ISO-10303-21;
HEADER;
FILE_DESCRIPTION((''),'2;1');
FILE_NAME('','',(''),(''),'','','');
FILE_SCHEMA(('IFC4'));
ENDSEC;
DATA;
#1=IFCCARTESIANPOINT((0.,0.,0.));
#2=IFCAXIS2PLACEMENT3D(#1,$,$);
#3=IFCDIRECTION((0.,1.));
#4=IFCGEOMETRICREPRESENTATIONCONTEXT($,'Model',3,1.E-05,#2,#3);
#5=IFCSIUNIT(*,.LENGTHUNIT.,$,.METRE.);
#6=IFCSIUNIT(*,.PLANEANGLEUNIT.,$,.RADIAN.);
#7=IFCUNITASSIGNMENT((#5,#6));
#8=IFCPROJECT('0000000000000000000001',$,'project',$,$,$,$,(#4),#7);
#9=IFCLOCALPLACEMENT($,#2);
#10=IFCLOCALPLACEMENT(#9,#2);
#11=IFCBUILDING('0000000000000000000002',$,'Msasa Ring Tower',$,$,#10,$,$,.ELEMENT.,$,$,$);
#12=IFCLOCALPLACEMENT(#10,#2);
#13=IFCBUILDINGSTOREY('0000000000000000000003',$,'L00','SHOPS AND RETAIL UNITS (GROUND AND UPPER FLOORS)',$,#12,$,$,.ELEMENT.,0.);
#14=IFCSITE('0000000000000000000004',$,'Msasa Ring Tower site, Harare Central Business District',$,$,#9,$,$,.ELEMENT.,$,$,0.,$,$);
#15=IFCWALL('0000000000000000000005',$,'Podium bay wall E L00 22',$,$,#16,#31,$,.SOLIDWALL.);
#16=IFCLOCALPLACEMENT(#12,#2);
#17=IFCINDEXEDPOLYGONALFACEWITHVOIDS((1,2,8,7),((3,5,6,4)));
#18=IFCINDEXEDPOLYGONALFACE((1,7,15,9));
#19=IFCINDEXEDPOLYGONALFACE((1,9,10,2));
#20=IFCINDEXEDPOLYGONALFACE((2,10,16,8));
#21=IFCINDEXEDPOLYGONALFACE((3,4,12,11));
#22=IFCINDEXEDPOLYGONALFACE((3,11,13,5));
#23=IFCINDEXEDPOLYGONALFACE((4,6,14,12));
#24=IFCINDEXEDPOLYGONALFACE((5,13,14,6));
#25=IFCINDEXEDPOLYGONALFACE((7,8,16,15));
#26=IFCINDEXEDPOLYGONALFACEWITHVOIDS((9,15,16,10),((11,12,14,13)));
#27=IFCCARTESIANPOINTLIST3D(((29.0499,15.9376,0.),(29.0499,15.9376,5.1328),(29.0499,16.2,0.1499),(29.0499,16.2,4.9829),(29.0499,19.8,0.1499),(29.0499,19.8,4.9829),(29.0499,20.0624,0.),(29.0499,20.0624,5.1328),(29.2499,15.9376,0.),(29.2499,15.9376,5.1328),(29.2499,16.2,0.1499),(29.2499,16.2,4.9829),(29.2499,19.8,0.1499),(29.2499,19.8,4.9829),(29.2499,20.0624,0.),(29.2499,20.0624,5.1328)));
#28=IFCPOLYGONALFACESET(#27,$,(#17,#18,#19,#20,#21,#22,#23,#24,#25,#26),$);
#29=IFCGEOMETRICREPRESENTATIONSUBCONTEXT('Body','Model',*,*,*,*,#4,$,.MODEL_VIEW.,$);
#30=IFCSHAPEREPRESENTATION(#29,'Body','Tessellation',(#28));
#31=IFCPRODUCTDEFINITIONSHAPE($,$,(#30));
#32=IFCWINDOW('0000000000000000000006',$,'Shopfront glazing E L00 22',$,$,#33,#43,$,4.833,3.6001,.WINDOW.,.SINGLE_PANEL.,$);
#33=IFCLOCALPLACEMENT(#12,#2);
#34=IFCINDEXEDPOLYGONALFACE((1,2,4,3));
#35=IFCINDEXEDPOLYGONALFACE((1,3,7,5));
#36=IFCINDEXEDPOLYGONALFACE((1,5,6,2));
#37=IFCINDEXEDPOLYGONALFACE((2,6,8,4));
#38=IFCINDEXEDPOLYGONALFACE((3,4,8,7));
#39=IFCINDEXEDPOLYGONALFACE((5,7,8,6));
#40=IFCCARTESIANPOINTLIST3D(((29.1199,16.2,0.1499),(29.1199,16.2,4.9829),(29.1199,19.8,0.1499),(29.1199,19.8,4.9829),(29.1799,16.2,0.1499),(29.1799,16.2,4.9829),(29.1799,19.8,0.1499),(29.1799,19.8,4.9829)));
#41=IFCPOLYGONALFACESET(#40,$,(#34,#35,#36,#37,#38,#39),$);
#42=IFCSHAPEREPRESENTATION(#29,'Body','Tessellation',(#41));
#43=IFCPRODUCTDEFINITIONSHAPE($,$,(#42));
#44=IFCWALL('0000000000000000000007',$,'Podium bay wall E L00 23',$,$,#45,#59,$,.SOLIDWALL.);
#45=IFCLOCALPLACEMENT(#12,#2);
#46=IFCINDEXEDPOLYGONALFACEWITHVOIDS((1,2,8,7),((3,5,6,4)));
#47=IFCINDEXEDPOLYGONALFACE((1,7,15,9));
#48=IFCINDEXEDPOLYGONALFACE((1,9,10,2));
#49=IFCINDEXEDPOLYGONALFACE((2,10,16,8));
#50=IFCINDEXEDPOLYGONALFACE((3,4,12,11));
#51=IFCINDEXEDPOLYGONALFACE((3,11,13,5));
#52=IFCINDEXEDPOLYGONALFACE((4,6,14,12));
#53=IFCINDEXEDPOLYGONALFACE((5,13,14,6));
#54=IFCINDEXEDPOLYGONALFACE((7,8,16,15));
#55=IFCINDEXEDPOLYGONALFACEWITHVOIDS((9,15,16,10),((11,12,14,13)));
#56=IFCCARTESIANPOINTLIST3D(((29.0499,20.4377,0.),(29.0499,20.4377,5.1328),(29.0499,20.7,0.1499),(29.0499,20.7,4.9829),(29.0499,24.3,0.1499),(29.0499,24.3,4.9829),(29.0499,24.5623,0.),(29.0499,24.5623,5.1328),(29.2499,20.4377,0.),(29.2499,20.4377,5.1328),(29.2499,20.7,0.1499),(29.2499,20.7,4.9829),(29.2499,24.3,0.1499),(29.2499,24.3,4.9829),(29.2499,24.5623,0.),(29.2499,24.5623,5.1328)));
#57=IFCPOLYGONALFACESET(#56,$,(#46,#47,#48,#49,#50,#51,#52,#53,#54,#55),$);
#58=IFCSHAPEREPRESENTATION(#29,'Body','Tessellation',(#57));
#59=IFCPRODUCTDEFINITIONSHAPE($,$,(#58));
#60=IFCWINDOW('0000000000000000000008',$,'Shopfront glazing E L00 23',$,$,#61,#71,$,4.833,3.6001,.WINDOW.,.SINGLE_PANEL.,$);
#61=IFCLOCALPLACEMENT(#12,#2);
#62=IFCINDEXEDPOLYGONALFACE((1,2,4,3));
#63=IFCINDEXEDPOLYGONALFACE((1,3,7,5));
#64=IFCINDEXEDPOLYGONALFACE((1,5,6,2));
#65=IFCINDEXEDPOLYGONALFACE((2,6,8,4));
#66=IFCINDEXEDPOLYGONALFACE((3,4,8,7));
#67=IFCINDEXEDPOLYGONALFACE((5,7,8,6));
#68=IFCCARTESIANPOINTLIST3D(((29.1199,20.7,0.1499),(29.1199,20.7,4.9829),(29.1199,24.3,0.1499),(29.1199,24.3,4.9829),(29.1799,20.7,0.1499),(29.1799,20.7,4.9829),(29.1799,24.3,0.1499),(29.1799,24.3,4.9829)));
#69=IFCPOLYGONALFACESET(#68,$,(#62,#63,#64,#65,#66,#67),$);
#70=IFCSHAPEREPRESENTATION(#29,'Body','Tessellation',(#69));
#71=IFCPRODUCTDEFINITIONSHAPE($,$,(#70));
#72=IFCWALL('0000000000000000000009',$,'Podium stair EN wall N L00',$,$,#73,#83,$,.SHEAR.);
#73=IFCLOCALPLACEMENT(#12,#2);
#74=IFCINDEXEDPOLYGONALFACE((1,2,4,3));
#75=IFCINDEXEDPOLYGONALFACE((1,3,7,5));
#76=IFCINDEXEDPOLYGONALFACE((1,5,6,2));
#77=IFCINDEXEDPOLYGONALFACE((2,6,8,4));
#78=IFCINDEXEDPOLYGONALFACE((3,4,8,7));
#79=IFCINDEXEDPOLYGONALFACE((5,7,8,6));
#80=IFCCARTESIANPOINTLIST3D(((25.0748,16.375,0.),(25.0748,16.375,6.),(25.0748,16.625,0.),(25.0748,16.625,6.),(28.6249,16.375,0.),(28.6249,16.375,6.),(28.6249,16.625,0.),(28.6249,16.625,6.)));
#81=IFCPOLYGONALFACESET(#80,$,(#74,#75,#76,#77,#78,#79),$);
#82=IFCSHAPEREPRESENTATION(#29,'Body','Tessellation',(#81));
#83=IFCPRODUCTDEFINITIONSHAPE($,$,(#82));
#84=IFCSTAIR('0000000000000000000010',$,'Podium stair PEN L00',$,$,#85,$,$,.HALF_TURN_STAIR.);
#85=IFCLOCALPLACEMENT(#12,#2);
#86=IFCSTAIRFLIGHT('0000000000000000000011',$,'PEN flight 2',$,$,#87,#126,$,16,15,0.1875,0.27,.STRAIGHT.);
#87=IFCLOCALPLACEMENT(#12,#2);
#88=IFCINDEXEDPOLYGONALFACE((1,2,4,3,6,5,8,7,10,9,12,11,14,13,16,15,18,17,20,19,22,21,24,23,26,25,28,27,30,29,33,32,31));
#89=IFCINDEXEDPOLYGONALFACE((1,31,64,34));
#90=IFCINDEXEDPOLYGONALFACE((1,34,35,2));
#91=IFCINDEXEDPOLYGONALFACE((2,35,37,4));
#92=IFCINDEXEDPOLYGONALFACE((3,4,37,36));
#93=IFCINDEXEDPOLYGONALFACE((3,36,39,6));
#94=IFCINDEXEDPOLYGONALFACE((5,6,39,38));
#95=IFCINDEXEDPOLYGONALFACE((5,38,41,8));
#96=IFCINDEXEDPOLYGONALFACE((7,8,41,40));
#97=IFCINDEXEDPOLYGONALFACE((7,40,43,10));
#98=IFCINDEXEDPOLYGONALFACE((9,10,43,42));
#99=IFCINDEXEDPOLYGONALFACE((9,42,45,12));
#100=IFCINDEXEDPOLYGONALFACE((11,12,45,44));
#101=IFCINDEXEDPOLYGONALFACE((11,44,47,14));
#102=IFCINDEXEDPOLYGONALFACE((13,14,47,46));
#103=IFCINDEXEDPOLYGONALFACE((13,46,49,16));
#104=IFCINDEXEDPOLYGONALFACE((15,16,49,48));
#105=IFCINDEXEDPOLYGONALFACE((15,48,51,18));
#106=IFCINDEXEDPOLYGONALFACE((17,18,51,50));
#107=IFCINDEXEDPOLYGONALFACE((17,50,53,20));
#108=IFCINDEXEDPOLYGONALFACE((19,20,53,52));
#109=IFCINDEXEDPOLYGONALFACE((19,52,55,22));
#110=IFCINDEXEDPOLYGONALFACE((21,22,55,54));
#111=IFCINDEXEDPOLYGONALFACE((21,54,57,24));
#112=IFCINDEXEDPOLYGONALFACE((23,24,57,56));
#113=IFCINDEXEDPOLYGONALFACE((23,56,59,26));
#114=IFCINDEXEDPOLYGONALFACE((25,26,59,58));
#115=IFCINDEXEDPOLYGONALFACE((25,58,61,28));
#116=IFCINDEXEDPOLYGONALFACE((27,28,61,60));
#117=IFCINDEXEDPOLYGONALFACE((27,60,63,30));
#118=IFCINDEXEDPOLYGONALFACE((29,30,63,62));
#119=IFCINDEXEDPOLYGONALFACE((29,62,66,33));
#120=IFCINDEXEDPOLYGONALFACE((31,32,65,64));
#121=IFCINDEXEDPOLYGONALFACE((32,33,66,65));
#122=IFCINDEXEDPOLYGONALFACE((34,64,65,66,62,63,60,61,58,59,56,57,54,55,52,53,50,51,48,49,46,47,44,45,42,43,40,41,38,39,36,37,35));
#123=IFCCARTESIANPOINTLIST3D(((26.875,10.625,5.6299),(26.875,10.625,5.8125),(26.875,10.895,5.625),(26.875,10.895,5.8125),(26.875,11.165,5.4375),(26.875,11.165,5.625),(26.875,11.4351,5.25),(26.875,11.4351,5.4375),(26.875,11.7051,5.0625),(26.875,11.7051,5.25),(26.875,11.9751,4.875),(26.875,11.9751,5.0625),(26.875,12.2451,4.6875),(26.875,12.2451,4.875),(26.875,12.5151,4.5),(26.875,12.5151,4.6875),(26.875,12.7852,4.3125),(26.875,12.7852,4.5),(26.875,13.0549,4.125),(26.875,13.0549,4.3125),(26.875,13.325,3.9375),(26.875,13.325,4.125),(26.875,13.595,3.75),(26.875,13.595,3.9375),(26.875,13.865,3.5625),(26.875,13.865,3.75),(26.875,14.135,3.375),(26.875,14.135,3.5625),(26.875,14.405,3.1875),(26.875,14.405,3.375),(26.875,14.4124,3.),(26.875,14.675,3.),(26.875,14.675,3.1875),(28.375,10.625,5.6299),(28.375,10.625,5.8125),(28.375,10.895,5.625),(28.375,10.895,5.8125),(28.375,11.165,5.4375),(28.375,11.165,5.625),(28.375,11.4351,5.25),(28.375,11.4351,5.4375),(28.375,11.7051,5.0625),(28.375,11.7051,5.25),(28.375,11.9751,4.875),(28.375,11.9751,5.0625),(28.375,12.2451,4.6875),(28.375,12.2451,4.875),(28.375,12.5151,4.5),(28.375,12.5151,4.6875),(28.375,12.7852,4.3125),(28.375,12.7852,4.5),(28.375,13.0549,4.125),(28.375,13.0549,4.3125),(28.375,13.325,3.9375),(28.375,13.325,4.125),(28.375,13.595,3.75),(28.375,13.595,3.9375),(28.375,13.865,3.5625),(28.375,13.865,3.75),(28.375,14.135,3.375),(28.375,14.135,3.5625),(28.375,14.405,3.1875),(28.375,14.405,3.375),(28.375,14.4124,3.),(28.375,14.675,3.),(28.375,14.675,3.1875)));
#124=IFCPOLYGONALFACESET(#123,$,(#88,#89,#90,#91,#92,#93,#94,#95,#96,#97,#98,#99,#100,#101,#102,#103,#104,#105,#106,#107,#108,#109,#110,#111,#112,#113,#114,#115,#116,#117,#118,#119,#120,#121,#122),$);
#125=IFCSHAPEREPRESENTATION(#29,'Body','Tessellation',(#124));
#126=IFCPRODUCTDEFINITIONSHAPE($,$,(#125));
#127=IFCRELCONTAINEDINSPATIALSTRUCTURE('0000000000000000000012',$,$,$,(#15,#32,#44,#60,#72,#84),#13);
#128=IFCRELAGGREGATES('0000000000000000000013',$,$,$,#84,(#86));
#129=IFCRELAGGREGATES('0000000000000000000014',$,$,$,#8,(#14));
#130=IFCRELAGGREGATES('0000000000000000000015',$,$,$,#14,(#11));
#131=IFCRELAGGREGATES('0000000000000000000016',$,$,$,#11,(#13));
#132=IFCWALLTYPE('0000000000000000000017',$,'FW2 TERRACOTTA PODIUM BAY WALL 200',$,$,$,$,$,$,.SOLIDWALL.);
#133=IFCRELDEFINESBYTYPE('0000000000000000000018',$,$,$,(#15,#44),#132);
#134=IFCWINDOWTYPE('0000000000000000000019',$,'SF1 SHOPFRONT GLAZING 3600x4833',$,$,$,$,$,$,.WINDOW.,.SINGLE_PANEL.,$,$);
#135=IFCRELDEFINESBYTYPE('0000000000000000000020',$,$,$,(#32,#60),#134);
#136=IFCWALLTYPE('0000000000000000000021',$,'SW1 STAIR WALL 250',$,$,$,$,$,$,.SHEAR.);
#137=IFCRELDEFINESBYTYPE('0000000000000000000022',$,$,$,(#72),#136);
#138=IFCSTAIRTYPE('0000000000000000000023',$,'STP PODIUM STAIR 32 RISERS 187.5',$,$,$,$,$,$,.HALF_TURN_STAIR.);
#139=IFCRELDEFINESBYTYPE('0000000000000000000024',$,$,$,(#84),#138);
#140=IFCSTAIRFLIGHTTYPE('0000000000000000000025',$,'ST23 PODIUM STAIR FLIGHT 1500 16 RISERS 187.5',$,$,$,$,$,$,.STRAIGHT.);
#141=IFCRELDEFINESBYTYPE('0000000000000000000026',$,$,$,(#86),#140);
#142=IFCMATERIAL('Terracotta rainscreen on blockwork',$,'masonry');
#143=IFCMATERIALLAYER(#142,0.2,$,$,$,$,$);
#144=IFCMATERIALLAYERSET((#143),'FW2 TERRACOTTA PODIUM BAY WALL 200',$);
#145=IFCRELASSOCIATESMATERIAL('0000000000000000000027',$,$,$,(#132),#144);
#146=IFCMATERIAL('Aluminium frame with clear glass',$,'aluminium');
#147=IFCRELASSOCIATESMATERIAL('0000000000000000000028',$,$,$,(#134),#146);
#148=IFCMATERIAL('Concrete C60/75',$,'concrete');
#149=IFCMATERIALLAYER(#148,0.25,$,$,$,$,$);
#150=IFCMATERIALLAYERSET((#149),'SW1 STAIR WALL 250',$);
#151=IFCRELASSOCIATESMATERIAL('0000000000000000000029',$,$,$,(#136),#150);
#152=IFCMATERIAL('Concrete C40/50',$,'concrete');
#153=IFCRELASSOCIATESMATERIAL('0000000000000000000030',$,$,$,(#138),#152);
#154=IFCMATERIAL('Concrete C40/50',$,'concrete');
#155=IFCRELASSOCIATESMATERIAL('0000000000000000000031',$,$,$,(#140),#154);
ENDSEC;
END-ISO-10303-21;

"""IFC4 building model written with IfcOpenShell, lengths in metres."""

from ifc_helpers import new_model, si_unit, direction, frame, frame_2d, origin, place, context, subcontext, project, spatial, polyline, rectangle, outline, extrude, material, layer, layer_set, type_object, element, fill, aggregate, save


model = new_model("IFC4")

# Units and contexts
model_context = context("Model", 3, precision=1e-05, world=origin(), true_north=direction((0.0, 1.0)))
body_context = subcontext(model_context, "Body", "Model", "MODEL_VIEW")
ifc_project = project(units=[si_unit("LENGTHUNIT", "METRE"), si_unit("PLANEANGLEUNIT", "RADIAN")], contexts=[model_context])

# Site, building, storey
site_placement = place(None, origin())
site = spatial("IfcSite", under=ifc_project, at=site_placement, Name="Msasa Ring Tower site, Harare Central Business District", CompositionType="ELEMENT", RefElevation=0.0)
building_placement = place(site_placement, origin())
building = spatial("IfcBuilding", under=site, at=building_placement, Name="Msasa Ring Tower", CompositionType="ELEMENT")
storey_placement = place(building_placement, origin())
storey = spatial("IfcBuildingStorey", under=building, at=storey_placement, Name="L00", Description="SHOPS AND RETAIL UNITS (GROUND AND UPPER FLOORS)", CompositionType="ELEMENT", Elevation=0.0)

# Walls, openings, windows
ifc_material_1 = material(Name="Terracotta rainscreen on blockwork", Category="masonry")
ifc_layer_1 = layer(ifc_material_1, 0.2)
ifc_layer_set_1 = layer_set([ifc_layer_1], Name="FW2 TERRACOTTA PODIUM BAY WALL 200")
wall_type_1 = type_object("IfcWallType", Name="FW2 TERRACOTTA PODIUM BAY WALL 200", PredefinedType="SOLIDWALL", material=ifc_layer_set_1)
ifc_material_2 = material(Name="Aluminium frame with clear glass", Category="aluminium")
window_type = type_object("IfcWindowType", Name="SF1 SHOPFRONT GLAZING 3600x4833", PartitioningType="SINGLE_PANEL", PredefinedType="WINDOW", material=ifc_material_2)
wall_1_placement = place(storey_placement, frame((29.1499, 15.9375, 0.0), z_axis=(0.0, 0.0, 1.0), x_axis=(0.0, 1.0, 0.0)))
wall_1 = element("IfcWall", 1, at=wall_1_placement, inside=storey, type_object=wall_type_1, Name="Podium bay wall E L00 22", PredefinedType="SOLIDWALL", context=body_context, shape_type="SweptSolid", body=[
    extrude(rectangle(XDim=4.1248, YDim=0.2, at=frame_2d((2.0625, 0.0))), origin(), (0.0, 0.0, 1.0), 5.1328),
])
opening_1_placement = place(wall_1_placement, frame((0.2625, 0.0, 0.1499)))
opening_1 = element("IfcOpeningElement", 2, at=opening_1_placement, cuts=wall_1, PredefinedType="OPENING", context=body_context, shape_type="SweptSolid", body=[
    extrude(rectangle(XDim=3.6001, YDim=4.833, at=frame_2d((1.8, 2.4165))), frame((0.0, 0.1099, 0.0), z_axis=(0.0, -1.0, 0.0), x_axis=(1.0, 0.0, 0.0)), (0.0, 0.0, 1.0), 0.22),
])
window_1_placement = place(opening_1_placement, origin())
window_1 = element("IfcWindow", 3, at=window_1_placement, inside=storey, type_object=window_type, Name="Shopfront glazing E L00 22", OverallHeight=4.833, OverallWidth=3.6001, PartitioningType="SINGLE_PANEL", PredefinedType="WINDOW", context=body_context, shape_type="SweptSolid", body=[
    extrude(rectangle(XDim=3.6001, YDim=4.833, at=frame_2d((1.8, 2.4165))), frame((0.0, 0.03, 0.0), z_axis=(0.0, -1.0, 0.0), x_axis=(1.0, 0.0, 0.0)), (0.0, 0.0, 1.0), 0.0601),
])
fill(opening_1, window_1)
wall_2_placement = place(storey_placement, frame((29.1499, 20.4377, 0.0), z_axis=(0.0, 0.0, 1.0), x_axis=(0.0, 1.0, 0.0)))
wall_2 = element("IfcWall", 4, at=wall_2_placement, inside=storey, type_object=wall_type_1, Name="Podium bay wall E L00 23", PredefinedType="SOLIDWALL", context=body_context, shape_type="SweptSolid", body=[
    extrude(rectangle(XDim=4.1245, YDim=0.2, at=frame_2d((2.0623, 0.0))), origin(), (0.0, 0.0, 1.0), 5.1328),
])
opening_2_placement = place(wall_2_placement, frame((0.2622, 0.0, 0.1499)))
opening_2 = element("IfcOpeningElement", 5, at=opening_2_placement, cuts=wall_2, PredefinedType="OPENING", context=body_context, shape_type="SweptSolid", body=[
    extrude(rectangle(XDim=3.6001, YDim=4.833, at=frame_2d((1.8, 2.4165))), frame((0.0, 0.1099, 0.0), z_axis=(0.0, -1.0, 0.0), x_axis=(1.0, 0.0, 0.0)), (0.0, 0.0, 1.0), 0.22),
])
window_2_placement = place(opening_2_placement, origin())
window_2 = element("IfcWindow", 6, at=window_2_placement, inside=storey, type_object=window_type, Name="Shopfront glazing E L00 23", OverallHeight=4.833, OverallWidth=3.6001, PartitioningType="SINGLE_PANEL", PredefinedType="WINDOW", context=body_context, shape_type="SweptSolid", body=[
    extrude(rectangle(XDim=3.6001, YDim=4.833, at=frame_2d((1.8, 2.4165))), frame((0.0, 0.03, 0.0), z_axis=(0.0, -1.0, 0.0), x_axis=(1.0, 0.0, 0.0)), (0.0, 0.0, 1.0), 0.0601),
])
fill(opening_2, window_2)

# Wall
ifc_material_3 = material(Name="Concrete C60/75", Category="concrete")
ifc_layer_2 = layer(ifc_material_3, 0.25)
ifc_layer_set_2 = layer_set([ifc_layer_2], Name="SW1 STAIR WALL 250")
wall_type_2 = type_object("IfcWallType", Name="SW1 STAIR WALL 250", PredefinedType="SHEAR", material=ifc_layer_set_2)
wall_3_placement = place(storey_placement, frame((25.075, 16.5, 0.0), z_axis=(0.0, 0.0, 1.0), x_axis=(1.0, 0.0, 0.0)))
element("IfcWall", 7, at=wall_3_placement, inside=storey, type_object=wall_type_2, Name="Podium stair EN wall N L00", PredefinedType="SHEAR", context=body_context, shape_type="SweptSolid", body=[
    extrude(rectangle(XDim=3.55, YDim=0.25, at=frame_2d((1.7749, 0.0))), origin(), (0.0, 0.0, 1.0), 6.0),
])

# Stair, stair flight
ifc_material_4 = material(Name="Concrete C40/50", Category="concrete")
stair_type = type_object("IfcStairType", Name="STP PODIUM STAIR 32 RISERS 187.5", PredefinedType="HALF_TURN_STAIR", material=ifc_material_4)
stair_placement = place(storey_placement, origin())
stair = element("IfcStair", 8, at=stair_placement, inside=storey, type_object=stair_type, Name="Podium stair PEN L00", PredefinedType="HALF_TURN_STAIR")
ifc_material_5 = material(Name="Concrete C40/50", Category="concrete")
stair_flight_type = type_object("IfcStairFlightType", Name="ST23 PODIUM STAIR FLIGHT 1500 16 RISERS 187.5", PredefinedType="STRAIGHT", material=ifc_material_5)
stair_flight_placement = place(storey_placement, frame((27.625, 14.675, 3.0), z_axis=(0.0, 0.0, 1.0), x_axis=(0.0, -1.0, 0.0)))
stair_flight = element("IfcStairFlight", 9, at=stair_flight_placement, type_object=stair_flight_type, Name="PEN flight 2", NumberOfRisers=16, NumberOfTreads=15, PredefinedType="STRAIGHT", RiserHeight=0.1875, TreadLength=0.27, context=body_context, shape_type="SweptSolid", body=[
    extrude(outline(polyline([(0.0, 0.0), (0.0, 0.1875), (0.27, 0.1875), (0.27, 0.375), (0.54, 0.375), (0.54, 0.5625), (0.8101, 0.5625), (0.8101, 0.75), (1.0801, 0.75), (1.0801, 0.9375), (1.3501, 0.9375), (1.3501, 1.125), (1.6201, 1.125), (1.6201, 1.3125), (1.8899, 1.3125), (1.8899, 1.5), (2.1599, 1.5), (2.1599, 1.6875), (2.4299, 1.6875), (2.4299, 1.875), (2.7, 1.875), (2.7, 2.0625), (2.97, 2.0625), (2.97, 2.25), (3.24, 2.25), (3.24, 2.4375), (3.51, 2.4375), (3.51, 2.625), (3.78, 2.625), (3.78, 2.8125), (4.05, 2.8125), (4.05, 3.0), (4.05, 2.6299), (0.2627, 0.0), (0.0, 0.0)])), frame((0.0, 0.75, 0.0), z_axis=(0.0, -1.0, 0.0), x_axis=(1.0, 0.0, 0.0)), (0.0, 0.0, 1.0), 1.5),
])
aggregate(stair, [stair_flight])

save(model, "model.ifc")
